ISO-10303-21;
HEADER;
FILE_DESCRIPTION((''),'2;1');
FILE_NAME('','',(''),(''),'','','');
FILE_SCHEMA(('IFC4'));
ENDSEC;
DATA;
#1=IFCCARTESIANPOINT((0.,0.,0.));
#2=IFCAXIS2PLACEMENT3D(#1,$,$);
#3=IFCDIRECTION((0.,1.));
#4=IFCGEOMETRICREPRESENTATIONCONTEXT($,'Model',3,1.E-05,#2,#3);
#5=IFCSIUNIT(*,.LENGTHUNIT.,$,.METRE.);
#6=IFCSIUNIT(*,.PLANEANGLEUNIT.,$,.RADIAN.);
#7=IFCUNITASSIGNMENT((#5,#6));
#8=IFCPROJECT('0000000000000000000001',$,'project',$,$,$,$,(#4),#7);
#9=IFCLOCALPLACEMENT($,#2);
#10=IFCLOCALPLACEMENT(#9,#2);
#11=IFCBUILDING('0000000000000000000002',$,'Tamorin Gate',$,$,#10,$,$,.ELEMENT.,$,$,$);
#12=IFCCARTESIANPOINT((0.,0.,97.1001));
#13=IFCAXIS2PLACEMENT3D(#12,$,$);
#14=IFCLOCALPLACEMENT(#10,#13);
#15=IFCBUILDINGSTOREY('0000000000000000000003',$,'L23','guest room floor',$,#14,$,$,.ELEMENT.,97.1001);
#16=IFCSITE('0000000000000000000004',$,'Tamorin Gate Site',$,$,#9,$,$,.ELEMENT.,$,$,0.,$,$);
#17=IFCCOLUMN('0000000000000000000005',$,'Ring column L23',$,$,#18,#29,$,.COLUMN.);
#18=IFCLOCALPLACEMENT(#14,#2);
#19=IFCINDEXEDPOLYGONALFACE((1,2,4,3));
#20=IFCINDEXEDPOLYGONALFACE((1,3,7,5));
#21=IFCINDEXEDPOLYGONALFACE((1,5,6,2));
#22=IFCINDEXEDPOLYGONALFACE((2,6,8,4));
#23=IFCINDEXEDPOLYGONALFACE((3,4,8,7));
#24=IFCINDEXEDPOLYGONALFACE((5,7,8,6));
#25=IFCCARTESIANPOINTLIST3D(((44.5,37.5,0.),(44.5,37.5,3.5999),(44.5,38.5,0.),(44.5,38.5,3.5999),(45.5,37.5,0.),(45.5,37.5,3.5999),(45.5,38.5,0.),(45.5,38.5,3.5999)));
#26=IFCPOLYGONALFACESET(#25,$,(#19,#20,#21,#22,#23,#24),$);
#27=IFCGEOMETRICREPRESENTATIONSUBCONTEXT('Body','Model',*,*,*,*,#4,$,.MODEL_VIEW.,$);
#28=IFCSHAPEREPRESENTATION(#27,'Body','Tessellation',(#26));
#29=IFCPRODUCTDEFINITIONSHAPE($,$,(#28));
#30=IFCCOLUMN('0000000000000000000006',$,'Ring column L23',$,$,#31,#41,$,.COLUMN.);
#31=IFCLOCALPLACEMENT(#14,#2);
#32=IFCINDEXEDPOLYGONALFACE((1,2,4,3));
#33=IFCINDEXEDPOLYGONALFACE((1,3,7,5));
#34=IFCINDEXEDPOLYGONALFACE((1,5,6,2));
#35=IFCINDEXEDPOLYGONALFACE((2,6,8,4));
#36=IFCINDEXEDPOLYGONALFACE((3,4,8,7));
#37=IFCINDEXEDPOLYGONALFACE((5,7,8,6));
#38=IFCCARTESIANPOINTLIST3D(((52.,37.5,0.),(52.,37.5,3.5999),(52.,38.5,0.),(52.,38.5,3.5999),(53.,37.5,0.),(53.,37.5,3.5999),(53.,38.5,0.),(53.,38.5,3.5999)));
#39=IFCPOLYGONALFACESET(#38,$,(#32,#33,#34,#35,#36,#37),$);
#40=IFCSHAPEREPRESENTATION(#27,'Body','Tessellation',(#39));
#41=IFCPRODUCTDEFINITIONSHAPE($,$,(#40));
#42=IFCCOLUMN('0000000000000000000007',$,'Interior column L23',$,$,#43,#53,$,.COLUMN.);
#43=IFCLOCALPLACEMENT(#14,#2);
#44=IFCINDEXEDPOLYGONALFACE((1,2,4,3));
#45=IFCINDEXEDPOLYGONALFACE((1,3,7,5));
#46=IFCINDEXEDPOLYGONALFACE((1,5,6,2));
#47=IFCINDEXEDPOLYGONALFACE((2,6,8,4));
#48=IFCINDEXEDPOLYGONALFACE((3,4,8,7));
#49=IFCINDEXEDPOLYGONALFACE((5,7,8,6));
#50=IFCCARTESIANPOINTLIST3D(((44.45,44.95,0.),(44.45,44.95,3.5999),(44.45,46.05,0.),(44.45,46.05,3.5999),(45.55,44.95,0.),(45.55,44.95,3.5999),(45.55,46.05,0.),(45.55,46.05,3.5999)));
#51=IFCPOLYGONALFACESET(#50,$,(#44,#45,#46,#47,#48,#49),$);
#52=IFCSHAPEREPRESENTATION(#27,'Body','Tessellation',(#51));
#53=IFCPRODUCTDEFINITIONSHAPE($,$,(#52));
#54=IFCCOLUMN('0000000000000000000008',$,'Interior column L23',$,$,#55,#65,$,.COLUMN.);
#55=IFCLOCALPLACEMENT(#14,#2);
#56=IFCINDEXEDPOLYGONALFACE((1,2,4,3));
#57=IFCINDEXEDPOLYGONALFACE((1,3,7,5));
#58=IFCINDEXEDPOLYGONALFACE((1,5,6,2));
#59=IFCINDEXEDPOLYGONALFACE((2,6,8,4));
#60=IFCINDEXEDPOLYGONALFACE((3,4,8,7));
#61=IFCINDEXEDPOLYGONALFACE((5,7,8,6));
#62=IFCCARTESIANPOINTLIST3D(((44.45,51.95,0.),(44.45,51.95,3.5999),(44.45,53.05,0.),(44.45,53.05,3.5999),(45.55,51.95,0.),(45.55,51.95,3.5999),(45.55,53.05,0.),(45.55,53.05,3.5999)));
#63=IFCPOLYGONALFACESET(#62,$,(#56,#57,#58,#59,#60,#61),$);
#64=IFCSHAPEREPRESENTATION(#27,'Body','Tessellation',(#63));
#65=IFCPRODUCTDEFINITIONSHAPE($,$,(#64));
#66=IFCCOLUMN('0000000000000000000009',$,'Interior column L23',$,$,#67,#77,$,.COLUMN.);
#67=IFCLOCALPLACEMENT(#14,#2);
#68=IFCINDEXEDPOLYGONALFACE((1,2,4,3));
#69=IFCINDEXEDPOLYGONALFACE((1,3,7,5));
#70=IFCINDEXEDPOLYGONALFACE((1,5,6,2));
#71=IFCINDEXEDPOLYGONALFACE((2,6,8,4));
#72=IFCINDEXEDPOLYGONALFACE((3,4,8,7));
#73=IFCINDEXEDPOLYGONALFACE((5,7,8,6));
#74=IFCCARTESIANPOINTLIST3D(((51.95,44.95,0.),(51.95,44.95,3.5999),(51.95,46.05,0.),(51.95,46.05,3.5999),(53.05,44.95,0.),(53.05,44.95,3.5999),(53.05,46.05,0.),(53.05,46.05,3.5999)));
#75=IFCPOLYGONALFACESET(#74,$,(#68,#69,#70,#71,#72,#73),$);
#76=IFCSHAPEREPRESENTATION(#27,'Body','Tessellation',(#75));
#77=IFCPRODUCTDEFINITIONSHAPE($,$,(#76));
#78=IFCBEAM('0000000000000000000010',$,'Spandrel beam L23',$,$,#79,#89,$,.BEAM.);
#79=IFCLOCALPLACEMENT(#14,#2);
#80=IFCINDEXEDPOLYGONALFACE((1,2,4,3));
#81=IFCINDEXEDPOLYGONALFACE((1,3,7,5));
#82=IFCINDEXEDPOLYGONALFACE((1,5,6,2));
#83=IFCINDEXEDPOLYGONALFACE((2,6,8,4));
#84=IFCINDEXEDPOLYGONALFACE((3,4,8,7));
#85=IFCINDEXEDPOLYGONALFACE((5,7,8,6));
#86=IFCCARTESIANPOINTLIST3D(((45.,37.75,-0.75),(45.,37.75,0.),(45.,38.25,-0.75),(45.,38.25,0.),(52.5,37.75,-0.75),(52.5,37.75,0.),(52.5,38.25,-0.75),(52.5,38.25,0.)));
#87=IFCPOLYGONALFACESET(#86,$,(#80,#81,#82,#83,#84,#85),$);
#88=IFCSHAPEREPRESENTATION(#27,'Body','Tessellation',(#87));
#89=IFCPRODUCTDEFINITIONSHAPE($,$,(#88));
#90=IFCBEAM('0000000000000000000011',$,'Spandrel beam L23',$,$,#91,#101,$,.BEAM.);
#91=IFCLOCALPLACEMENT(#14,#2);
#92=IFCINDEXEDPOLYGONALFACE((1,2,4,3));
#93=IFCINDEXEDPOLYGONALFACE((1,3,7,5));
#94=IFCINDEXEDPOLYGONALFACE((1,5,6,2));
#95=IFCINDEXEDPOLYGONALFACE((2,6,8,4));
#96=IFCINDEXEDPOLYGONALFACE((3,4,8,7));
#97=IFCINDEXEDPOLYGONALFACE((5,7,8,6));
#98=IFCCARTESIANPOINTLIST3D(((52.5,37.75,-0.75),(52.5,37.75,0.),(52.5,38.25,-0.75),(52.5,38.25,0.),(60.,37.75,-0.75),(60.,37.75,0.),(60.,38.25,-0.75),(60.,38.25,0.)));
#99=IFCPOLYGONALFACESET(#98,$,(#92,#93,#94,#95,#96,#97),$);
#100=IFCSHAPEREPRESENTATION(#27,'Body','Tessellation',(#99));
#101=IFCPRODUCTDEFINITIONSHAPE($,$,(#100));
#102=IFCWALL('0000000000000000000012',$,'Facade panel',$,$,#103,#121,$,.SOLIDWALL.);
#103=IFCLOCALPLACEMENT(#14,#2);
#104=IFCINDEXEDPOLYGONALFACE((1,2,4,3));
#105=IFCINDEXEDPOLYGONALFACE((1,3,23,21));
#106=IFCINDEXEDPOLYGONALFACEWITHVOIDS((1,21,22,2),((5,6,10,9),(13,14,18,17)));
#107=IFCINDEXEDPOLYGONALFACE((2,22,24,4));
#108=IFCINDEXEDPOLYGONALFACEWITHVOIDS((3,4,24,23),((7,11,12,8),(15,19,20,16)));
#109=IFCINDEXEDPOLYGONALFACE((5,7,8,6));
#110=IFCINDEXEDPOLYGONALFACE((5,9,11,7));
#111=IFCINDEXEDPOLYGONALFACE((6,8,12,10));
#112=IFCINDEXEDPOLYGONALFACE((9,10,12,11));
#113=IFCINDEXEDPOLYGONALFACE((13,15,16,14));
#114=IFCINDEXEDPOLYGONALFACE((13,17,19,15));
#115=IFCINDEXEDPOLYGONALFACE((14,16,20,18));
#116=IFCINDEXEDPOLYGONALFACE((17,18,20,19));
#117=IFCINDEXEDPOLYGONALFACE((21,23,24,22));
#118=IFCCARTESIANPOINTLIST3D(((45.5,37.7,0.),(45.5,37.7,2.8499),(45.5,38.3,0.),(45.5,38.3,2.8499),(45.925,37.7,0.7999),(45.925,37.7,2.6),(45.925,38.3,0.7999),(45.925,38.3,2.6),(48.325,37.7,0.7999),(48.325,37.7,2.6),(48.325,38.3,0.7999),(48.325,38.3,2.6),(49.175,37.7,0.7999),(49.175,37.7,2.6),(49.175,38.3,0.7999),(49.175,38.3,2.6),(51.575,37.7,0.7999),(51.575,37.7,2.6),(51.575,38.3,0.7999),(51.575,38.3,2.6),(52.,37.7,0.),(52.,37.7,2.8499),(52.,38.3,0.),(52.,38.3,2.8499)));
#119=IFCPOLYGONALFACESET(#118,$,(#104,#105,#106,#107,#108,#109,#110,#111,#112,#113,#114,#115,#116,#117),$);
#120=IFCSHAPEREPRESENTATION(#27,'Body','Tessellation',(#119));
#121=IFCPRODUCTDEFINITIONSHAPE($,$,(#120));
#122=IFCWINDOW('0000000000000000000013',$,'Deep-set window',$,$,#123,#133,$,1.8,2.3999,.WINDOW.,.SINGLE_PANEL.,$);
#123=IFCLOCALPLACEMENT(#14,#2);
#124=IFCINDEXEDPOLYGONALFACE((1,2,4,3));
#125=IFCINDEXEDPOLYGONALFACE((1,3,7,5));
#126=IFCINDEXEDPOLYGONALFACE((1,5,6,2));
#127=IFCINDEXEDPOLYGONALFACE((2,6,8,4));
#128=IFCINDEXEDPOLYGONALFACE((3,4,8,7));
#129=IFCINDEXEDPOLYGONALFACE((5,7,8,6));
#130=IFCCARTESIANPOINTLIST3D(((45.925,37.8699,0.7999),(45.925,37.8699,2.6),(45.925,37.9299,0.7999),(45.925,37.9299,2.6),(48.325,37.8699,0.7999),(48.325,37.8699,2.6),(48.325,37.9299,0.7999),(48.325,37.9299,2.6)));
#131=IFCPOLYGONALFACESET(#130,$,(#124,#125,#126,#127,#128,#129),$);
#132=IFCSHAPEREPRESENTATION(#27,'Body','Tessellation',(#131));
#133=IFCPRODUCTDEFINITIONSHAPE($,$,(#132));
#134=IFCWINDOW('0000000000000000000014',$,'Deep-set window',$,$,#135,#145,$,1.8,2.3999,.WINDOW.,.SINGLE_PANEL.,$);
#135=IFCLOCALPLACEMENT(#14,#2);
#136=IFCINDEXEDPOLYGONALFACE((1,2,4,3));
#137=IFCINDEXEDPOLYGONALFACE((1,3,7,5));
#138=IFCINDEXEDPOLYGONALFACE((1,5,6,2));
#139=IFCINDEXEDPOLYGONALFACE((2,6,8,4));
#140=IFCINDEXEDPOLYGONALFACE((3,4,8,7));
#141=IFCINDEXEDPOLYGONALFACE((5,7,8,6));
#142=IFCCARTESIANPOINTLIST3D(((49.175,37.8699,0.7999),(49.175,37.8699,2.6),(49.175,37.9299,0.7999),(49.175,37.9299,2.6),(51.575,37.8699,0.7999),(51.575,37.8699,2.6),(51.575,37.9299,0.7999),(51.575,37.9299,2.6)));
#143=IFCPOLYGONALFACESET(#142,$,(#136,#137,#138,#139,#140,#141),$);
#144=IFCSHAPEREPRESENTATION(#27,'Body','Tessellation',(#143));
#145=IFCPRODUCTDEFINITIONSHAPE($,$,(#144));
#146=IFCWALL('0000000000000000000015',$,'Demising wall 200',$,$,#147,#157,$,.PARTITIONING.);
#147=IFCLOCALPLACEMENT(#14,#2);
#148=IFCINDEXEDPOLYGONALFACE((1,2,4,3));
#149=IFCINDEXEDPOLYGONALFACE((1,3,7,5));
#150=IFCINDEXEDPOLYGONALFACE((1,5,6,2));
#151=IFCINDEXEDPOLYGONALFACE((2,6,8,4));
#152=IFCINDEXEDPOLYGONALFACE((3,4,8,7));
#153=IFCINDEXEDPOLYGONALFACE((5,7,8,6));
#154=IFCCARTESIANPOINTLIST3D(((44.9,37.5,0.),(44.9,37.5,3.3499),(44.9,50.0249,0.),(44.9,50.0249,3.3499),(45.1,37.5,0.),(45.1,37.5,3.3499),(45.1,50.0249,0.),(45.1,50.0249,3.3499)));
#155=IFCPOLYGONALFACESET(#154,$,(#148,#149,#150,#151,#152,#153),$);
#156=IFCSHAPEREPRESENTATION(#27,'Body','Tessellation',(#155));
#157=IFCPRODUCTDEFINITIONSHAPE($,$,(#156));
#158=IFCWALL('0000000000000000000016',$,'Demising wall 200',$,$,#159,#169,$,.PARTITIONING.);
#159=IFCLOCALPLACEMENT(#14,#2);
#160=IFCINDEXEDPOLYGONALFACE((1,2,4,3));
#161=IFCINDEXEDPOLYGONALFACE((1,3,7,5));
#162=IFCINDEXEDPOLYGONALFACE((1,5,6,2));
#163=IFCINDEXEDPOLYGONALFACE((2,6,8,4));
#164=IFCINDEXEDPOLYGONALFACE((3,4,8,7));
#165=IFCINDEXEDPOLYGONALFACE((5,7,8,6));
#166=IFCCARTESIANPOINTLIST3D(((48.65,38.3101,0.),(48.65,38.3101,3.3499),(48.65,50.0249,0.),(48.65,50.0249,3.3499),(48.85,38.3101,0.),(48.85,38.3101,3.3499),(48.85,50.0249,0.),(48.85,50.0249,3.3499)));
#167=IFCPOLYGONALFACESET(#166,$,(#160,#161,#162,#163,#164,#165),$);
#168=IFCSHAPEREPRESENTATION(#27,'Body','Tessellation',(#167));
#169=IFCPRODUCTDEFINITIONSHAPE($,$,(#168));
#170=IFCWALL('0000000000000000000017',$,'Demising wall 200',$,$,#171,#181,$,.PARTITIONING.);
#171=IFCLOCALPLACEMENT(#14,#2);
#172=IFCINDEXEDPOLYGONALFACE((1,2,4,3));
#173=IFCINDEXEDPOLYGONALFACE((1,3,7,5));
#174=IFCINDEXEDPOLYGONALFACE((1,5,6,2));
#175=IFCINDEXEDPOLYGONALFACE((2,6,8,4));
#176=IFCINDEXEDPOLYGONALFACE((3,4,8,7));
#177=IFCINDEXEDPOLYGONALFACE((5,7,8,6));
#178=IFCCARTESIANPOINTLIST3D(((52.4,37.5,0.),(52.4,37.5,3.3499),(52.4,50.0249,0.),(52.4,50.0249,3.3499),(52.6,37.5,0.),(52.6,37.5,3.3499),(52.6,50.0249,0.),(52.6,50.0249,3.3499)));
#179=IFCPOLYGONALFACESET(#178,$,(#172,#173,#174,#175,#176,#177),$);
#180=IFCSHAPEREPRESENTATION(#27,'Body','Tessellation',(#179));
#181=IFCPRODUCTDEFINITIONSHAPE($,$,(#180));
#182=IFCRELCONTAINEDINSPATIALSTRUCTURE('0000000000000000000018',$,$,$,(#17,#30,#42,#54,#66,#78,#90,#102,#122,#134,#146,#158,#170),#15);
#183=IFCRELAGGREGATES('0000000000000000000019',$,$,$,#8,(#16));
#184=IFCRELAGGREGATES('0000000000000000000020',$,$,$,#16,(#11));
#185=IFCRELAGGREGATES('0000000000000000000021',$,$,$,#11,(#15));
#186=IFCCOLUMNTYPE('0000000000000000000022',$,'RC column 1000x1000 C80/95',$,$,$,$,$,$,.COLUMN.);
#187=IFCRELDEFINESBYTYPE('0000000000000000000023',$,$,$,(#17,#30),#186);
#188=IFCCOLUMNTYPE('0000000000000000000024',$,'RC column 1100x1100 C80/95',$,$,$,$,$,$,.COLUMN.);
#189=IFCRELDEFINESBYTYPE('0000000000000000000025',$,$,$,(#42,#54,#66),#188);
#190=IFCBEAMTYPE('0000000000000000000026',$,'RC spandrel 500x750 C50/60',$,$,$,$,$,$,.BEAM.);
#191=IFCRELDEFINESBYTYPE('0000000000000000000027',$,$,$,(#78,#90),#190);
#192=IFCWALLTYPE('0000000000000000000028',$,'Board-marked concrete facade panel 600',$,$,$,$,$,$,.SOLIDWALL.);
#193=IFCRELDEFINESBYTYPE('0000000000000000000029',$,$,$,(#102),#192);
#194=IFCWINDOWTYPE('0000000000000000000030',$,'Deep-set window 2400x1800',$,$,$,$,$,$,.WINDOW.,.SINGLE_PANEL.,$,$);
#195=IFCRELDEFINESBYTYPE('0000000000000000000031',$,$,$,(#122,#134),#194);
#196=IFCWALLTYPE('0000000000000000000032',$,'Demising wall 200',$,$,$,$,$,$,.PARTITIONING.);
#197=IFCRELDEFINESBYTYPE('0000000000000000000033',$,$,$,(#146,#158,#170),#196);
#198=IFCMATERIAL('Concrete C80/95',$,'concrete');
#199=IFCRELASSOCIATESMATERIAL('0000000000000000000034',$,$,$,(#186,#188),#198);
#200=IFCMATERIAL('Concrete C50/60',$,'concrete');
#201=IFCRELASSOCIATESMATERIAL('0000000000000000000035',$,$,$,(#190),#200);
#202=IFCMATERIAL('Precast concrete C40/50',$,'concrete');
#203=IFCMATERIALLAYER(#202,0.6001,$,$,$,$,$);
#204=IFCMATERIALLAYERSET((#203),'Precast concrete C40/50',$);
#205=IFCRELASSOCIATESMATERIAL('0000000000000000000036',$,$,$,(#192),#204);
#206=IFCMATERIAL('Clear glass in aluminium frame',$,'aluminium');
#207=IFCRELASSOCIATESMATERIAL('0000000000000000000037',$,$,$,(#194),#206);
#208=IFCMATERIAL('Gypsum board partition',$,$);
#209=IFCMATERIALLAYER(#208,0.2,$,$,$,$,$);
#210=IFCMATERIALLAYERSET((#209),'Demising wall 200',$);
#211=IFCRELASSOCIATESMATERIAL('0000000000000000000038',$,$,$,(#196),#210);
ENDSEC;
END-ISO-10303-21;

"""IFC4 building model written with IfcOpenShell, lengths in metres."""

from ifc_helpers import new_model, si_unit, direction, frame, frame_2d, origin, origin_2d, place, context, subcontext, project, spatial, rectangle, extrude, material, layer, layer_set, material_profile, profile_set, type_object, element, fill, save


model = new_model("IFC4")

# Units and contexts
model_context = context("Model", 3, precision=1e-05, world=origin(), true_north=direction((0.0, 1.0)))
body_context = subcontext(model_context, "Body", "Model", "MODEL_VIEW")
ifc_project = project(units=[si_unit("LENGTHUNIT", "METRE"), si_unit("PLANEANGLEUNIT", "RADIAN")], contexts=[model_context])

# Site, building, storey
site_placement = place(None, origin())
site = spatial("IfcSite", under=ifc_project, at=site_placement, Name="Tamorin Gate Site", CompositionType="ELEMENT", RefElevation=0.0)
building_placement = place(site_placement, origin())
building = spatial("IfcBuilding", under=site, at=building_placement, Name="Tamorin Gate", CompositionType="ELEMENT")
storey_placement = place(building_placement, frame((0.0, 0.0, 97.1001)))
storey = spatial("IfcBuildingStorey", under=building, at=storey_placement, Name="L23", Description="guest room floor", CompositionType="ELEMENT", Elevation=97.1001)

# Columns
ifc_material_1 = material(Name="Concrete C80/95", Category="concrete")
ifc_material_profile_1 = material_profile(ifc_material_1, rectangle(XDim=1.0, YDim=1.0, at=origin_2d()), Name="RC 1000x1000")
ifc_profile_set_1 = profile_set([ifc_material_profile_1], Name="Concrete C80/95")
column_type_1 = type_object("IfcColumnType", Name="RC column 1000x1000 C80/95", PredefinedType="COLUMN", material=ifc_profile_set_1)
for number, where, z_axis, x_axis, name in (
    (1, (45.0, 38.0, 0.0), (0.0, 0.0, 1.0), (1.0, 0.0, 0.0), "Ring column L23"),
    (2, (52.5, 38.0, 0.0), (0.0, 0.0, 1.0), (1.0, 0.0, 0.0), "Ring column L23"),
):
    element("IfcColumn", number, at=place(storey_placement, frame(where, z_axis=z_axis, x_axis=x_axis)), inside=storey, type_object=column_type_1, Name=name, PredefinedType="COLUMN", context=body_context, shape_type="SweptSolid", body=[
        extrude(rectangle(XDim=1.0, YDim=1.0, at=origin_2d()), origin(), (0.0, 0.0, 1.0), 3.5999),
    ])
ifc_material_profile_2 = material_profile(ifc_material_1, rectangle(XDim=1.1001, YDim=1.1001, at=origin_2d()), Name="RC 1100x1100")
ifc_profile_set_2 = profile_set([ifc_material_profile_2], Name="Concrete C80/95")
column_type_2 = type_object("IfcColumnType", Name="RC column 1100x1100 C80/95", PredefinedType="COLUMN", material=ifc_profile_set_2)
for number, where, z_axis, x_axis, name in (
    (3, (45.0, 45.5, 0.0), (0.0, 0.0, 1.0), (1.0, 0.0, 0.0), "Interior column L23"),
    (4, (45.0, 52.5, 0.0), (0.0, 0.0, 1.0), (1.0, 0.0, 0.0), "Interior column L23"),
    (5, (52.5, 45.5, 0.0), (0.0, 0.0, 1.0), (1.0, 0.0, 0.0), "Interior column L23"),
):
    element("IfcColumn", number, at=place(storey_placement, frame(where, z_axis=z_axis, x_axis=x_axis)), inside=storey, type_object=column_type_2, Name=name, PredefinedType="COLUMN", context=body_context, shape_type="SweptSolid", body=[
        extrude(rectangle(XDim=1.1001, YDim=1.1001, at=origin_2d()), origin(), (0.0, 0.0, 1.0), 3.5999),
    ])

# Beams
ifc_material_2 = material(Name="Concrete C50/60", Category="concrete")
ifc_material_profile_3 = material_profile(ifc_material_2, rectangle(XDim=0.5, YDim=0.75, at=origin_2d()), Name="RC 500x750")
ifc_profile_set_3 = profile_set([ifc_material_profile_3], Name="Concrete C50/60")
beam_type = type_object("IfcBeamType", Name="RC spandrel 500x750 C50/60", PredefinedType="BEAM", material=ifc_profile_set_3)
for number, where, z_axis, x_axis, name in (
    (6, (45.0, 38.0, -0.375), (1.0, 0.0, 0.0), (0.0, 1.0, 0.0), "Spandrel beam L23"),
    (7, (52.5, 38.0, -0.375), (1.0, 0.0, 0.0), (0.0, 1.0, 0.0), "Spandrel beam L23"),
):
    element("IfcBeam", number, at=place(storey_placement, frame(where, z_axis=z_axis, x_axis=x_axis)), inside=storey, type_object=beam_type, Name=name, PredefinedType="BEAM", context=body_context, shape_type="SweptSolid", body=[
        extrude(rectangle(XDim=0.5, YDim=0.75, at=origin_2d()), origin(), (0.0, 0.0, 1.0), 7.5),
    ])

# Wall, openings, windows
ifc_material_3 = material(Name="Precast concrete C40/50", Category="concrete")
ifc_layer_1 = layer(ifc_material_3, 0.6001)
ifc_layer_set_1 = layer_set([ifc_layer_1], Name="Precast concrete C40/50")
wall_type_1 = type_object("IfcWallType", Name="Board-marked concrete facade panel 600", PredefinedType="SOLIDWALL", material=ifc_layer_set_1)
wall_1_placement = place(storey_placement, frame((45.5, 38.0, 0.0), z_axis=(0.0, 0.0, 1.0), x_axis=(1.0, 0.0, 0.0)))
wall_1 = element("IfcWall", 8, at=wall_1_placement, inside=storey, type_object=wall_type_1, Name="Facade panel", PredefinedType="SOLIDWALL", context=body_context, shape_type="SweptSolid", body=[
    extrude(rectangle(XDim=6.5, YDim=0.6001, at=frame_2d((3.25, 0.0))), origin(), (0.0, 0.0, 1.0), 2.8499),
])
opening_1_placement = place(wall_1_placement, frame((0.425, 0.0, 0.8)))
opening_1 = element("IfcOpeningElement", 9, at=opening_1_placement, cuts=wall_1, PredefinedType="OPENING", context=body_context, shape_type="SweptSolid", body=[
    extrude(rectangle(XDim=2.3999, YDim=1.8, at=frame_2d((1.2, 0.8999))), frame((0.0, 0.3101, 0.0), z_axis=(0.0, -1.0, 0.0), x_axis=(1.0, 0.0, 0.0)), (0.0, 0.0, 1.0), 0.6201),
])
opening_2_placement = place(wall_1_placement, frame((3.675, 0.0, 0.8)))
opening_2 = element("IfcOpeningElement", 10, at=opening_2_placement, cuts=wall_1, PredefinedType="OPENING", context=body_context, shape_type="SweptSolid", body=[
    extrude(rectangle(XDim=2.3999, YDim=1.8, at=frame_2d((1.2, 0.8999))), frame((0.0, 0.3101, 0.0), z_axis=(0.0, -1.0, 0.0), x_axis=(1.0, 0.0, 0.0)), (0.0, 0.0, 1.0), 0.6201),
])
ifc_material_4 = material(Name="Clear glass in aluminium frame", Category="aluminium")
window_type = type_object("IfcWindowType", Name="Deep-set window 2400x1800", PartitioningType="SINGLE_PANEL", PredefinedType="WINDOW", material=ifc_material_4)
window_1_placement = place(opening_1_placement, origin())
window_1 = element("IfcWindow", 11, at=window_1_placement, inside=storey, type_object=window_type, Name="Deep-set window", OverallHeight=1.8, OverallWidth=2.3999, PartitioningType="SINGLE_PANEL", PredefinedType="WINDOW", context=body_context, shape_type="SweptSolid", body=[
    extrude(rectangle(XDim=2.3999, YDim=1.8, at=frame_2d((1.2, 0.8999))), frame((0.0, -0.0701, 0.0), z_axis=(0.0, -1.0, 0.0), x_axis=(1.0, 0.0, 0.0)), (0.0, 0.0, 1.0), 0.0601),
])
fill(opening_1, window_1)
window_2_placement = place(opening_2_placement, origin())
window_2 = element("IfcWindow", 12, at=window_2_placement, inside=storey, type_object=window_type, Name="Deep-set window", OverallHeight=1.8, OverallWidth=2.3999, PartitioningType="SINGLE_PANEL", PredefinedType="WINDOW", context=body_context, shape_type="SweptSolid", body=[
    extrude(rectangle(XDim=2.3999, YDim=1.8, at=frame_2d((1.2, 0.8999))), frame((0.0, -0.0701, 0.0), z_axis=(0.0, -1.0, 0.0), x_axis=(1.0, 0.0, 0.0)), (0.0, 0.0, 1.0), 0.0601),
])
fill(opening_2, window_2)

# Walls
ifc_material_5 = material(Name="Gypsum board partition")
ifc_layer_2 = layer(ifc_material_5, 0.2)
ifc_layer_set_2 = layer_set([ifc_layer_2], Name="Demising wall 200")
wall_type_2 = type_object("IfcWallType", Name="Demising wall 200", PredefinedType="PARTITIONING", material=ifc_layer_set_2)
wall_2_placement = place(storey_placement, frame((45.0, 37.5, 0.0), z_axis=(0.0, 0.0, 1.0), x_axis=(0.0, 1.0, 0.0)))
element("IfcWall", 13, at=wall_2_placement, inside=storey, type_object=wall_type_2, Name="Demising wall 200", PredefinedType="PARTITIONING", context=body_context, shape_type="SweptSolid", body=[
    extrude(rectangle(XDim=12.5249, YDim=0.2, at=frame_2d((6.2625, 0.0))), origin(), (0.0, 0.0, 1.0), 3.3499),
])
wall_3_placement = place(storey_placement, frame((48.75, 38.3101, 0.0), z_axis=(0.0, 0.0, 1.0), x_axis=(0.0, 1.0, 0.0)))
element("IfcWall", 14, at=wall_3_placement, inside=storey, type_object=wall_type_2, Name="Demising wall 200", PredefinedType="PARTITIONING", context=body_context, shape_type="SweptSolid", body=[
    extrude(rectangle(XDim=11.7148, YDim=0.2, at=frame_2d((5.8574, 0.0))), origin(), (0.0, 0.0, 1.0), 3.3499),
])
wall_4_placement = place(storey_placement, frame((52.5, 37.5, 0.0), z_axis=(0.0, 0.0, 1.0), x_axis=(0.0, 1.0, 0.0)))
element("IfcWall", 15, at=wall_4_placement, inside=storey, type_object=wall_type_2, Name="Demising wall 200", PredefinedType="PARTITIONING", context=body_context, shape_type="SweptSolid", body=[
    extrude(rectangle(XDim=12.5249, YDim=0.2, at=frame_2d((6.2625, 0.0))), origin(), (0.0, 0.0, 1.0), 3.3499),
])

save(model, "model.ifc")
